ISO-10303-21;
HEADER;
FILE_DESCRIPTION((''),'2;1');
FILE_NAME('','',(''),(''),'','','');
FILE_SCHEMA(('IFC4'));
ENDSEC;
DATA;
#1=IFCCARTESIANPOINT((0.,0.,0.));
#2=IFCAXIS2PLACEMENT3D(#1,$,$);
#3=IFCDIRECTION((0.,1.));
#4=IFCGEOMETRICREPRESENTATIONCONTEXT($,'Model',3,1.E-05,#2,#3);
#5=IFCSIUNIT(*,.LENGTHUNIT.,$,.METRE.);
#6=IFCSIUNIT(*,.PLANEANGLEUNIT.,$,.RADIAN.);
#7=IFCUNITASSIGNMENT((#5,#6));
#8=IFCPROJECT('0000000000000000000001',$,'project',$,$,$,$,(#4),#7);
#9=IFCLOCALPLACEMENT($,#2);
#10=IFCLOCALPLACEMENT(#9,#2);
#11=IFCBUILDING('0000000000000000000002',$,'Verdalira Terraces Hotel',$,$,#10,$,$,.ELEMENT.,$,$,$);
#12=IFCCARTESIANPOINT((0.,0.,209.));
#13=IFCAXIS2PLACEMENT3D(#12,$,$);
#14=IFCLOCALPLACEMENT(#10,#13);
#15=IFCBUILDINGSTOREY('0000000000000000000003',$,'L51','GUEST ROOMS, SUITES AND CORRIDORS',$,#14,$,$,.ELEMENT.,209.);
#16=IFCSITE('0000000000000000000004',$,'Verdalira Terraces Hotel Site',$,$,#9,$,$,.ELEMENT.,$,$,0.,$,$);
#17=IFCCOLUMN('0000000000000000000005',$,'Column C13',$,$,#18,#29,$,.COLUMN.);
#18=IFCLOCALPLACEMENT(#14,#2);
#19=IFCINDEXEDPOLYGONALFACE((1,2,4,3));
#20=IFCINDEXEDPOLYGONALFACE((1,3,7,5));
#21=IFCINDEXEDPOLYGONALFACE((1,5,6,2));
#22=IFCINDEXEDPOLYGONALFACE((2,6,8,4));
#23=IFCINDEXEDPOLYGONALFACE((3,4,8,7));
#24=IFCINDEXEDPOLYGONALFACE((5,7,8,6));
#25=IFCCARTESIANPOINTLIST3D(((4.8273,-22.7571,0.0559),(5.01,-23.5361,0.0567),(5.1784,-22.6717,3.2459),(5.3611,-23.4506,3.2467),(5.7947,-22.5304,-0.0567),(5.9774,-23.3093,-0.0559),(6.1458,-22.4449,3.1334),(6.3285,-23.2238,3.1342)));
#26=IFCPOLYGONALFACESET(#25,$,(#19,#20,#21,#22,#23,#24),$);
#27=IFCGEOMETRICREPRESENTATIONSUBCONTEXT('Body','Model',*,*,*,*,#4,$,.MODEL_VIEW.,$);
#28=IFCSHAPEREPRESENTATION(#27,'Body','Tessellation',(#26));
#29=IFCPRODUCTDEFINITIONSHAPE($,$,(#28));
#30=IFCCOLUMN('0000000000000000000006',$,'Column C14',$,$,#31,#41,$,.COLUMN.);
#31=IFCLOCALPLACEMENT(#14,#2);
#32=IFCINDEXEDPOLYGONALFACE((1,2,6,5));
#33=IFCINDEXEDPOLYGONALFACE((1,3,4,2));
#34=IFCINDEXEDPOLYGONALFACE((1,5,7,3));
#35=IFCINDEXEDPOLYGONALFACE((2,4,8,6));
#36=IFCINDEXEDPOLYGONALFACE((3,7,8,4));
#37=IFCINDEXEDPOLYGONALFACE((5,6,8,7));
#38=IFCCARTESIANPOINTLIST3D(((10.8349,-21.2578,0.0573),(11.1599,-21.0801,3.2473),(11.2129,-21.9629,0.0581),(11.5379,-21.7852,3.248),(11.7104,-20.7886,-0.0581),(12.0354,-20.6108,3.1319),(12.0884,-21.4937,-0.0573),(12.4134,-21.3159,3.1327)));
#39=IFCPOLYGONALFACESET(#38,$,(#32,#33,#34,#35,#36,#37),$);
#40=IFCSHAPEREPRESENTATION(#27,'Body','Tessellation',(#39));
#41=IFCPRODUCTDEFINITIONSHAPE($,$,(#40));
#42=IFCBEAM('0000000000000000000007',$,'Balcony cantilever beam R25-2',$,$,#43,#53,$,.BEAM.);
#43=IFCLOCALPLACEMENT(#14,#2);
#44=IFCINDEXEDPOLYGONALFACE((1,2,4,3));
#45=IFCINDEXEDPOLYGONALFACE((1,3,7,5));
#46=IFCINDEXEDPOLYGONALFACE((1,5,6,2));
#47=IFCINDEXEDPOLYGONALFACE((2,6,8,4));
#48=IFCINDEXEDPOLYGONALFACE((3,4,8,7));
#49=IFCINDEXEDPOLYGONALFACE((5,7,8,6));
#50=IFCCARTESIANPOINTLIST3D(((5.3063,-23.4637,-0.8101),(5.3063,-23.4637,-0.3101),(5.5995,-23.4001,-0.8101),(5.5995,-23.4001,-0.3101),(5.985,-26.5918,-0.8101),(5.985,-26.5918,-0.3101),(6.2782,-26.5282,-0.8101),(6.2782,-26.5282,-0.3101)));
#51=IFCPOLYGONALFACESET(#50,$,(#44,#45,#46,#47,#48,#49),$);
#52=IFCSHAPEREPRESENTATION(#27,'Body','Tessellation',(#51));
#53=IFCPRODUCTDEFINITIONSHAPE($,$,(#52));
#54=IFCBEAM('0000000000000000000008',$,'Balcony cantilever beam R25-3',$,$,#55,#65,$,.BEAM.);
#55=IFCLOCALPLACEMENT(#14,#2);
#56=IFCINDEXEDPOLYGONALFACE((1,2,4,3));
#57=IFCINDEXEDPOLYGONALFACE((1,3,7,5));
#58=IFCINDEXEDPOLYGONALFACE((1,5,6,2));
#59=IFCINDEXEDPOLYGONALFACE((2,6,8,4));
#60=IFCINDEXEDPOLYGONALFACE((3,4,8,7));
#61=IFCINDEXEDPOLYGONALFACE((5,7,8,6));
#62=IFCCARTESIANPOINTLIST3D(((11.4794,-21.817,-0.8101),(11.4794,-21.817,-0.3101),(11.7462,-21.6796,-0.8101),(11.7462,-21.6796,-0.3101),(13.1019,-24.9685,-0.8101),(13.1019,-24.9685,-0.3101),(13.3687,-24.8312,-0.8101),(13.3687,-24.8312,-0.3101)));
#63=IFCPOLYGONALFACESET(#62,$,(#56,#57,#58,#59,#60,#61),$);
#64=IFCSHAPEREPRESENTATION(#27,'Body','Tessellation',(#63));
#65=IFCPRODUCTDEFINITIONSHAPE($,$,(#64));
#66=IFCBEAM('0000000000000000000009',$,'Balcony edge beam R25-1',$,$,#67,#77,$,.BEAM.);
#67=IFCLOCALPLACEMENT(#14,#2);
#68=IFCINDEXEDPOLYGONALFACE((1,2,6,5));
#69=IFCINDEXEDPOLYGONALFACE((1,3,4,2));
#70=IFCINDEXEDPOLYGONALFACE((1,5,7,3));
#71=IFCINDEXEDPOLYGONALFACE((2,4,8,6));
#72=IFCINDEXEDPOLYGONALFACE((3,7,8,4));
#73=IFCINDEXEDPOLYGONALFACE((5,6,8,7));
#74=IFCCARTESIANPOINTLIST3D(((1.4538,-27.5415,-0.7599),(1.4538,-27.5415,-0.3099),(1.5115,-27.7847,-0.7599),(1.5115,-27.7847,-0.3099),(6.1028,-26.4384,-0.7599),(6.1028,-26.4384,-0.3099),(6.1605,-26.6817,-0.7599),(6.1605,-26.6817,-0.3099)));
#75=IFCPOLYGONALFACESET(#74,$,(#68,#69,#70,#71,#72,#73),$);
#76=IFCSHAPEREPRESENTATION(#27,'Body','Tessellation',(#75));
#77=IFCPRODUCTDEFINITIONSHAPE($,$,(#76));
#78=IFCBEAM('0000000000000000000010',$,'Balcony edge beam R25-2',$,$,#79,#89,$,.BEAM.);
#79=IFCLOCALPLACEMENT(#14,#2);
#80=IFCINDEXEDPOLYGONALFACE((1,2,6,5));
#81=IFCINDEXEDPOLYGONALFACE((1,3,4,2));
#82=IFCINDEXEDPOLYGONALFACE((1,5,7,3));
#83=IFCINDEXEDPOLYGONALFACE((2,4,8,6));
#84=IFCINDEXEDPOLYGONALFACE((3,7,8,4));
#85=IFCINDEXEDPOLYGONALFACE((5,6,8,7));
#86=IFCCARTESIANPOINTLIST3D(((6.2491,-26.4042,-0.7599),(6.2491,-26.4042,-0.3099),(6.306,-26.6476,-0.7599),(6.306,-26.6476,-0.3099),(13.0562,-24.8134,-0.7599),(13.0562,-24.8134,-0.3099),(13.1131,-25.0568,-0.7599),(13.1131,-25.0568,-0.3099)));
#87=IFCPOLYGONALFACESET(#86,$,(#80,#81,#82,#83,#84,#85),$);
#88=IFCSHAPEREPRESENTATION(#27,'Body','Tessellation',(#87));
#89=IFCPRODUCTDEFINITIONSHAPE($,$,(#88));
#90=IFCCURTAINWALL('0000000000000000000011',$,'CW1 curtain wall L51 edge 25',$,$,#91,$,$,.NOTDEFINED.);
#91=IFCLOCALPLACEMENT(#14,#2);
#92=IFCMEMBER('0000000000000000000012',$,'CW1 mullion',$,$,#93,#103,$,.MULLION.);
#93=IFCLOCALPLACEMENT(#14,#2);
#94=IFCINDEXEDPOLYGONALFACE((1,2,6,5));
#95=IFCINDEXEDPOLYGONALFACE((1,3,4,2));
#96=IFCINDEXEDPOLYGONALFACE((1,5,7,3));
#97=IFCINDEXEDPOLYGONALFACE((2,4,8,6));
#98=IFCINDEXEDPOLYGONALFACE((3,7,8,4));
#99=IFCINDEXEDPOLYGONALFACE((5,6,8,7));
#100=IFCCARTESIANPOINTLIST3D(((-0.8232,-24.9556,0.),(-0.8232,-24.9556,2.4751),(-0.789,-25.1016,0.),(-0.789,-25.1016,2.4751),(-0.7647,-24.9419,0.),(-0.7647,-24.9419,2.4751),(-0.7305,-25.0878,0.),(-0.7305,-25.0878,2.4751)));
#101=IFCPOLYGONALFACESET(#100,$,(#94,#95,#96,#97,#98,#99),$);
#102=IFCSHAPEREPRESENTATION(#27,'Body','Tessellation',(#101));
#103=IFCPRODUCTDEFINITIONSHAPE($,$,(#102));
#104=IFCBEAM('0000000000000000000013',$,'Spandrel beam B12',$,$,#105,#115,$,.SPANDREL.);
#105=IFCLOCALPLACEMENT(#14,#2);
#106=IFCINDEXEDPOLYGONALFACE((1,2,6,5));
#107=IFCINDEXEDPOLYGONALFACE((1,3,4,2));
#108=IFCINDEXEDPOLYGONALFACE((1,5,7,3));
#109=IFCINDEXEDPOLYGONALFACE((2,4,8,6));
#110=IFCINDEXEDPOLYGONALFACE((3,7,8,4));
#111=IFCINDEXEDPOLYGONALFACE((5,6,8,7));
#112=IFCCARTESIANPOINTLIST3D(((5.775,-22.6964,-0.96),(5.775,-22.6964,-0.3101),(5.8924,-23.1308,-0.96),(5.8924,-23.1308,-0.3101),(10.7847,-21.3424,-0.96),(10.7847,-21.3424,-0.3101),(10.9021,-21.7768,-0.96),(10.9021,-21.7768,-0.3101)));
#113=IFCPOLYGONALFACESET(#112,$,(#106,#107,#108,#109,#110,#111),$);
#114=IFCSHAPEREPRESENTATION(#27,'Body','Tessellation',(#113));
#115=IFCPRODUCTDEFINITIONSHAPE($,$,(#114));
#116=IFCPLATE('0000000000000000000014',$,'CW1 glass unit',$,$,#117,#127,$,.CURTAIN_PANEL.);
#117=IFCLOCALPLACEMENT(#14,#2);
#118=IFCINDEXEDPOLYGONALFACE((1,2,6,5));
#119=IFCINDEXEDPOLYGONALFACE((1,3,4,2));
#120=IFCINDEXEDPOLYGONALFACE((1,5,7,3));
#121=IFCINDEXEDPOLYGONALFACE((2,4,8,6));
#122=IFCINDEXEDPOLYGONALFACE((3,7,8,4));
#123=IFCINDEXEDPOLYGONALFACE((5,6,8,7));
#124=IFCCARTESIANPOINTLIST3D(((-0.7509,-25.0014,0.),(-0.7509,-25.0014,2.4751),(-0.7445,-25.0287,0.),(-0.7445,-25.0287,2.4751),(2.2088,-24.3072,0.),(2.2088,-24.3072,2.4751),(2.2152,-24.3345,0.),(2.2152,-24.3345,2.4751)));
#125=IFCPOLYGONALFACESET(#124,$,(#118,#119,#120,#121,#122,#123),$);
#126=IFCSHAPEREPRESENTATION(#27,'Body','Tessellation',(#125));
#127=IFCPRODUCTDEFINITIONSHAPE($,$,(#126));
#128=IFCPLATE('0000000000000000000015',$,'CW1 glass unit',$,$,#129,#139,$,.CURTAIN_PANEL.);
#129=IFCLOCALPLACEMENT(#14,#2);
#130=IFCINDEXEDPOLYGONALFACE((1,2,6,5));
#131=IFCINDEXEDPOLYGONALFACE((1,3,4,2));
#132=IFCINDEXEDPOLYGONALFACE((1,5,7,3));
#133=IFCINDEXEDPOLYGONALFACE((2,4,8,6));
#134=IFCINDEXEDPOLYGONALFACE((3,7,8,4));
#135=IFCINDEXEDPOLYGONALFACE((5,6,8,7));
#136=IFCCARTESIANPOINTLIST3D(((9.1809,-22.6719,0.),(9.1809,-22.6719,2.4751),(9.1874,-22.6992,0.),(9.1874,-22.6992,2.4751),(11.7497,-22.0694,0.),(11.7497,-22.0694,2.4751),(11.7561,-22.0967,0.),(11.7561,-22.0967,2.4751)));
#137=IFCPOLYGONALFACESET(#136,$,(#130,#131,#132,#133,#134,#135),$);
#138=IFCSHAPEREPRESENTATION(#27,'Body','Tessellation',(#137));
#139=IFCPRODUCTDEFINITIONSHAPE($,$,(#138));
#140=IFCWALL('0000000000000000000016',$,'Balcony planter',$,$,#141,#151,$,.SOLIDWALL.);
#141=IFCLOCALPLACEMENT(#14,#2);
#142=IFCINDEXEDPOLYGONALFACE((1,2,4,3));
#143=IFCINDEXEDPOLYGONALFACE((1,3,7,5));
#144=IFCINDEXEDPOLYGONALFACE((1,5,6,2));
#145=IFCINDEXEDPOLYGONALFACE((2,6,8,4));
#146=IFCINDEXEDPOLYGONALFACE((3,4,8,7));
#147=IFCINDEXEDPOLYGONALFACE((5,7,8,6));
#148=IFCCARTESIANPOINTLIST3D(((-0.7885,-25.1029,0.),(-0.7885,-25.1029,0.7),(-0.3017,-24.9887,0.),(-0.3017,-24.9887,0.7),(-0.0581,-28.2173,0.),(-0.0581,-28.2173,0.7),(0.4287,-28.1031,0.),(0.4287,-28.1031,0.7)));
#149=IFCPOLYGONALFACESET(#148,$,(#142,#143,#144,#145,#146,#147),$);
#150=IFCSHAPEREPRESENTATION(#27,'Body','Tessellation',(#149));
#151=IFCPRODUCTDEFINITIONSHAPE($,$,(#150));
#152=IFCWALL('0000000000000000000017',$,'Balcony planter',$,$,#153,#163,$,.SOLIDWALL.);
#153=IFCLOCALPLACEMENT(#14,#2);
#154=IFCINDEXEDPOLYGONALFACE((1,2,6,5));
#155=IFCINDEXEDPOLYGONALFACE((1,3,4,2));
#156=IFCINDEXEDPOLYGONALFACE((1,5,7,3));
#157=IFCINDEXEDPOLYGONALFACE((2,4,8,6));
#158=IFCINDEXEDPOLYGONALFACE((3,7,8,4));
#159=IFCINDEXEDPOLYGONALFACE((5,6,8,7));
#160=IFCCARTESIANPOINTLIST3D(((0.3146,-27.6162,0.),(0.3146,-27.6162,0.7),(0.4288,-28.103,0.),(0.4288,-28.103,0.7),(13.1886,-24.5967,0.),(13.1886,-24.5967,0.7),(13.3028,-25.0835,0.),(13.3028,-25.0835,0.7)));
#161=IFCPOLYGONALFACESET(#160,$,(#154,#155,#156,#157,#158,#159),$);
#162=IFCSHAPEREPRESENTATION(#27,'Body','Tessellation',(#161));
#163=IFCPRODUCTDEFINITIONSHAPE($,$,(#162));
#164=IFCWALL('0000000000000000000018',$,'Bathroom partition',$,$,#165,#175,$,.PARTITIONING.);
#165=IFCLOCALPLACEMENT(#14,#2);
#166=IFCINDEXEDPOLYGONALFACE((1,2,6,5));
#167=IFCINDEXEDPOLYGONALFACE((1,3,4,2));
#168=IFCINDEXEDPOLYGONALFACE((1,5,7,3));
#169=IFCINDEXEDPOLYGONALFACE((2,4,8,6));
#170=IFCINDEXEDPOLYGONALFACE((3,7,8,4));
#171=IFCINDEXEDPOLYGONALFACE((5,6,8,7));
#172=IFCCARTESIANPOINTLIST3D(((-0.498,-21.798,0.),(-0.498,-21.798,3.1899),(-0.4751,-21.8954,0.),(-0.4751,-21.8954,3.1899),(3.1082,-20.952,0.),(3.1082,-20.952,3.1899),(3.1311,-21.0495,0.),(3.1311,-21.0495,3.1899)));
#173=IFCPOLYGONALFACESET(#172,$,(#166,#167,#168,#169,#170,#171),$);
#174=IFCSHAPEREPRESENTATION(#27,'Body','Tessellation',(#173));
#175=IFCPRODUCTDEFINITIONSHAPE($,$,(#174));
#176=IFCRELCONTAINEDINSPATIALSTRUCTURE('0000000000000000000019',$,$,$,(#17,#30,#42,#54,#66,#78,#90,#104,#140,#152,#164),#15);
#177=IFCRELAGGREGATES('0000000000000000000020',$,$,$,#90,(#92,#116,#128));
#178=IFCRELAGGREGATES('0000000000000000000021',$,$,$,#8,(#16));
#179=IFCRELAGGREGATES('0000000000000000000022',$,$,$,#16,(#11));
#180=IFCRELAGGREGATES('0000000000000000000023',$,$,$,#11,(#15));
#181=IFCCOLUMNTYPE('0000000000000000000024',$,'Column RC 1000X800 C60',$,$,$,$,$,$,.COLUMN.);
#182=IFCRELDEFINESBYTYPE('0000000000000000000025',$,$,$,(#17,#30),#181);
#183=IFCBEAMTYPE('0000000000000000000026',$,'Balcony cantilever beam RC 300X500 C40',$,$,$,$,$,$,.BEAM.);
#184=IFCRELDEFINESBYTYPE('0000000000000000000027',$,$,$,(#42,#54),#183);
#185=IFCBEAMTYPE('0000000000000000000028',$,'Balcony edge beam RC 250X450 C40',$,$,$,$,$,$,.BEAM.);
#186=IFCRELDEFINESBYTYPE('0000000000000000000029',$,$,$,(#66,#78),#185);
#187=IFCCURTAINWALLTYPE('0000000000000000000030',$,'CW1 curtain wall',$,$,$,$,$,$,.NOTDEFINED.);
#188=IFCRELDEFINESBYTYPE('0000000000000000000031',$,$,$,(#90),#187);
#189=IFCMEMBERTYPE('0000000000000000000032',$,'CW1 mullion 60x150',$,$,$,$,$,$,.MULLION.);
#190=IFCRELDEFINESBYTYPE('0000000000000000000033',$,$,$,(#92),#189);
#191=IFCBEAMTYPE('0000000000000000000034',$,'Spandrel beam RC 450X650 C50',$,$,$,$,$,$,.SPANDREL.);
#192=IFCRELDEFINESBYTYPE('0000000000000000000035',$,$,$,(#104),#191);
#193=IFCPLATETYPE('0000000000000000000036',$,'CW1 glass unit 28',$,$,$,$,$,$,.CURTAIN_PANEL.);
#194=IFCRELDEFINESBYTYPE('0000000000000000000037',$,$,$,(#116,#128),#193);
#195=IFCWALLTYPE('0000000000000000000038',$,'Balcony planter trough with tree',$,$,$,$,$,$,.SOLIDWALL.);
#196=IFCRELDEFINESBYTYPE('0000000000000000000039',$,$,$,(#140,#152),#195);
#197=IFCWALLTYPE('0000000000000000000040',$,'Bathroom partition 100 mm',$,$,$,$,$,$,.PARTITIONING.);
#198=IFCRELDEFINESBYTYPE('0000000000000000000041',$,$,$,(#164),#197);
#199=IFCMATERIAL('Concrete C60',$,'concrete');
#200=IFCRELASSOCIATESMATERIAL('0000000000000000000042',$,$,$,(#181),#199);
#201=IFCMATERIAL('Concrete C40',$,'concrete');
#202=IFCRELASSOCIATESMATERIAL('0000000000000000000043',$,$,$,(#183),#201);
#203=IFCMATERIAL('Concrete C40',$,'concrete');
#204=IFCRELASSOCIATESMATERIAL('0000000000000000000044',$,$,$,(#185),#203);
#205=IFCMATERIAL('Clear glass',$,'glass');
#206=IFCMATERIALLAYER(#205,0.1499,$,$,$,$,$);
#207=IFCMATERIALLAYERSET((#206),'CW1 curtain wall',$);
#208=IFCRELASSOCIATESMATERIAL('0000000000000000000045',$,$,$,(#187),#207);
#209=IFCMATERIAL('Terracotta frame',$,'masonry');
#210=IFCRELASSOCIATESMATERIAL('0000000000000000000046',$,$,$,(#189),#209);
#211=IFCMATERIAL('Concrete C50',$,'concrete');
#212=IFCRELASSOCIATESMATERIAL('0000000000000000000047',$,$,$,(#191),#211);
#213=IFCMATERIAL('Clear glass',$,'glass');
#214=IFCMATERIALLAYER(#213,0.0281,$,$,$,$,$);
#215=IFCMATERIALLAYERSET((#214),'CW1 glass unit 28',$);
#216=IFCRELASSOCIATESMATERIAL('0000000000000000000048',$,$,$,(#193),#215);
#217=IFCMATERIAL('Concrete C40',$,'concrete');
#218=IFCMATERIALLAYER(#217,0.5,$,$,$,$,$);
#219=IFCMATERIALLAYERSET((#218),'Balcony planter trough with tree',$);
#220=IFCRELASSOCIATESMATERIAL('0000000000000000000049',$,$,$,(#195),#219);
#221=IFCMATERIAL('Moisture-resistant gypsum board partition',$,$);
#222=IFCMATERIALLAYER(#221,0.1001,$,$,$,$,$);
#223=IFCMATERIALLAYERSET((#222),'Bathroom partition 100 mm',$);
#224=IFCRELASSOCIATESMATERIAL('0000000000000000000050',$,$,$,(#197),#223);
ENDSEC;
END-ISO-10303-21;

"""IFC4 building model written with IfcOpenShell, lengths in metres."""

from ifc_helpers import new_model, si_unit, direction, frame, frame_2d, origin, origin_2d, place, context, subcontext, project, spatial, rectangle, extrude, material, layer, layer_set, material_profile, profile_set, type_object, element, aggregate, save


model = new_model("IFC4")

# Units and contexts
model_context = context("Model", 3, precision=1e-05, world=origin(), true_north=direction((0.0, 1.0)))
body_context = subcontext(model_context, "Body", "Model", "MODEL_VIEW")
ifc_project = project(units=[si_unit("LENGTHUNIT", "METRE"), si_unit("PLANEANGLEUNIT", "RADIAN")], contexts=[model_context])

# Site, building, storey
site_placement = place(None, origin())
site = spatial("IfcSite", under=ifc_project, at=site_placement, Name="Verdalira Terraces Hotel Site", CompositionType="ELEMENT", RefElevation=0.0)
building_placement = place(site_placement, origin())
building = spatial("IfcBuilding", under=site, at=building_placement, Name="Verdalira Terraces Hotel", CompositionType="ELEMENT")
storey_placement = place(building_placement, frame((0.0, 0.0, 209.0)))
storey = spatial("IfcBuildingStorey", under=building, at=storey_placement, Name="L51", Description="GUEST ROOMS, SUITES AND CORRIDORS", CompositionType="ELEMENT", Elevation=209.0)

# Columns
ifc_material_1 = material(Name="Concrete C60", Category="concrete")
ifc_material_profile_1 = material_profile(ifc_material_1, rectangle(XDim=1.0, YDim=0.8, at=origin_2d()), Name="RC 1000X800")
ifc_profile_set_1 = profile_set([ifc_material_profile_1], Name="Concrete C60")
column_type = type_object("IfcColumnType", Name="Column RC 1000X800 C60", PredefinedType="COLUMN", material=ifc_profile_set_1)
column_1_placement = place(storey_placement, frame((5.4023, -23.0332, 0.0), z_axis=(0.109357, 0.026617, 0.993646), x_axis=(0.96742, 0.226786, -0.112546)))
element("IfcColumn", 1, at=column_1_placement, inside=storey, type_object=column_type, Name="Column C13", PredefinedType="COLUMN", context=body_context, shape_type="SweptSolid", body=[
    extrude(rectangle(XDim=1.0, YDim=0.8, at=origin_2d()), origin(), (0.0, 0.0, 1.0), 3.2104),
])
column_2_placement = place(storey_placement, frame((11.4617, -21.3757, 0.0), z_axis=(0.101188, 0.055345, 0.993327), x_axis=(-0.875502, -0.46925, 0.11533)))
element("IfcColumn", 2, at=column_2_placement, inside=storey, type_object=column_type, Name="Column C14", PredefinedType="COLUMN", context=body_context, shape_type="SweptSolid", body=[
    extrude(rectangle(XDim=1.0, YDim=0.8, at=origin_2d()), origin(), (0.0, 0.0, 1.0), 3.2114),
])

# Beams
ifc_material_2 = material(Name="Concrete C40", Category="concrete")
ifc_material_profile_2 = material_profile(ifc_material_2, rectangle(XDim=0.3, YDim=0.5, at=origin_2d()), Name="RC 300X500")
ifc_profile_set_2 = profile_set([ifc_material_profile_2], Name="Concrete C40")
beam_type_1 = type_object("IfcBeamType", Name="Balcony cantilever beam RC 300X500 C40", PredefinedType="BEAM", material=ifc_profile_set_2)
beam_1_placement = place(storey_placement, frame((5.4529, -23.4319, -0.5601), z_axis=(0.212034, -0.977262, 0.0), x_axis=(0.977262, 0.212034, 0.0)))
element("IfcBeam", 3, at=beam_1_placement, inside=storey, type_object=beam_type_1, Name="Balcony cantilever beam R25-2", PredefinedType="BEAM", context=body_context, shape_type="SweptSolid", body=[
    extrude(rectangle(XDim=0.3, YDim=0.5, at=origin_2d()), origin(), (0.0, 0.0, 1.0), 3.2009),
])
beam_2_placement = place(storey_placement, frame((11.6128, -21.7483, -0.5601), z_axis=(0.457734, -0.889089, 0.0), x_axis=(0.889089, 0.457734, 0.0)))
element("IfcBeam", 4, at=beam_2_placement, inside=storey, type_object=beam_type_1, Name="Balcony cantilever beam R25-3", PredefinedType="BEAM", context=body_context, shape_type="SweptSolid", body=[
    extrude(rectangle(XDim=0.3, YDim=0.5, at=origin_2d()), origin(), (0.0, 0.0, 1.0), 3.5447),
])
ifc_material_3 = material(Name="Concrete C40", Category="concrete")
ifc_material_profile_3 = material_profile(ifc_material_3, rectangle(XDim=0.25, YDim=0.45, at=origin_2d()), Name="RC 250X450")
ifc_profile_set_3 = profile_set([ifc_material_profile_3], Name="Concrete C40")
beam_type_2 = type_object("IfcBeamType", Name="Balcony edge beam RC 250X450 C40", PredefinedType="BEAM", material=ifc_profile_set_3)
beam_3_placement = place(storey_placement, frame((1.4827, -27.6631, -0.5349), z_axis=(0.972988, 0.230856, 0.0), x_axis=(-0.230856, 0.972988, 0.0)))
element("IfcBeam", 5, at=beam_3_placement, inside=storey, type_object=beam_type_2, Name="Balcony edge beam R25-1", PredefinedType="BEAM", context=body_context, shape_type="SweptSolid", body=[
    extrude(rectangle(XDim=0.25, YDim=0.45, at=origin_2d()), origin(), (0.0, 0.0, 1.0), 4.7781),
])
beam_4_placement = place(storey_placement, frame((6.2776, -26.5259, -0.5349), z_axis=(0.973762, 0.227567, 0.0), x_axis=(-0.227567, 0.973762, 0.0)))
element("IfcBeam", 6, at=beam_4_placement, inside=storey, type_object=beam_type_2, Name="Balcony edge beam R25-2", PredefinedType="BEAM", context=body_context, shape_type="SweptSolid", body=[
    extrude(rectangle(XDim=0.25, YDim=0.45, at=origin_2d()), origin(), (0.0, 0.0, 1.0), 6.9905),
])

# Curtain wall, member
ifc_material_4 = material(Name="Clear glass", Category="glass")
ifc_layer_1 = layer(ifc_material_4, 0.1499)
ifc_layer_set_1 = layer_set([ifc_layer_1], Name="CW1 curtain wall")
curtain_wall_type = type_object("IfcCurtainWallType", Name="CW1 curtain wall", PredefinedType="NOTDEFINED", material=ifc_layer_set_1)
curtain_wall_placement = place(storey_placement, origin())
curtain_wall = element("IfcCurtainWall", 7, at=curtain_wall_placement, inside=storey, type_object=curtain_wall_type, Name="CW1 curtain wall L51 edge 25", PredefinedType="NOTDEFINED")
ifc_material_5 = material(Name="Terracotta frame", Category="masonry")
ifc_material_profile_4 = material_profile(ifc_material_5, rectangle(XDim=0.0601, YDim=0.1499, at=origin_2d()), Name="MU 60x150")
ifc_profile_set_4 = profile_set([ifc_material_profile_4], Name="Terracotta frame")
member_type = type_object("IfcMemberType", Name="CW1 mullion 60x150", PredefinedType="MULLION", material=ifc_profile_set_4)
member_placement = place(storey_placement, frame((-0.7769, -25.0217, 0.0), z_axis=(0.0, 0.0, 1.0), x_axis=(0.973579, 0.228351, 0.0)))
member = element("IfcMember", 8, at=member_placement, type_object=member_type, Name="CW1 mullion", PredefinedType="MULLION", context=body_context, shape_type="SweptSolid", body=[
    extrude(rectangle(XDim=0.0601, YDim=0.1499, at=origin_2d()), origin(), (0.0, 0.0, 1.0), 2.4751),
])

# Beam
ifc_material_6 = material(Name="Concrete C50", Category="concrete")
ifc_material_profile_5 = material_profile(ifc_material_6, rectangle(XDim=0.45, YDim=0.6499, at=origin_2d()), Name="RC 450X650")
ifc_profile_set_5 = profile_set([ifc_material_profile_5], Name="Concrete C50")
beam_type_3 = type_object("IfcBeamType", Name="Spandrel beam RC 450X650 C50", PredefinedType="SPANDREL", material=ifc_profile_set_5)
beam_5_placement = place(storey_placement, frame((5.8337, -22.9136, -0.635), z_axis=(0.965363, 0.260911, 0.0), x_axis=(-0.260911, 0.965363, 0.0)))
element("IfcBeam", 9, at=beam_5_placement, inside=storey, type_object=beam_type_3, Name="Spandrel beam B12", PredefinedType="SPANDREL", context=body_context, shape_type="SweptSolid", body=[
    extrude(rectangle(XDim=0.45, YDim=0.6499, at=origin_2d()), origin(), (0.0, 0.0, 1.0), 5.1895),
])

# Plates
ifc_material_7 = material(Name="Clear glass", Category="glass")
ifc_layer_2 = layer(ifc_material_7, 0.0281)
ifc_layer_set_2 = layer_set([ifc_layer_2], Name="CW1 glass unit 28")
plate_type = type_object("IfcPlateType", Name="CW1 glass unit 28", PredefinedType="CURTAIN_PANEL", material=ifc_layer_set_2)
plate_1_placement = place(storey_placement, frame((0.7322, -24.668, 0.0), z_axis=(0.0, 0.0, 1.0), x_axis=(0.973579, 0.228351, 0.0)))
plate_1 = element("IfcPlate", 10, at=plate_1_placement, type_object=plate_type, Name="CW1 glass unit", PredefinedType="CURTAIN_PANEL", context=body_context, shape_type="SweptSolid", body=[
    extrude(rectangle(XDim=3.04, YDim=0.0281, at=origin_2d()), origin(), (0.0, 0.0, 1.0), 2.4751),
])
plate_2_placement = place(storey_placement, frame((10.4685, -22.3843, 0.0), z_axis=(0.0, 0.0, 1.0), x_axis=(0.973579, 0.228351, 0.0)))
plate_2 = element("IfcPlate", 11, at=plate_2_placement, type_object=plate_type, Name="CW1 glass unit", PredefinedType="CURTAIN_PANEL", context=body_context, shape_type="SweptSolid", body=[
    extrude(rectangle(XDim=2.6384, YDim=0.0281, at=origin_2d()), origin(), (0.0, 0.0, 1.0), 2.4751),
])
aggregate(curtain_wall, [member, plate_1, plate_2])

# Walls
ifc_material_8 = material(Name="Concrete C40", Category="concrete")
ifc_layer_3 = layer(ifc_material_8, 0.5)
ifc_layer_set_3 = layer_set([ifc_layer_3], Name="Balcony planter trough with tree")
wall_type_1 = type_object("IfcWallType", Name="Balcony planter trough with tree", PredefinedType="SOLIDWALL", material=ifc_layer_set_3)
wall_1_placement = place(storey_placement, frame((-0.5452, -25.0457, 0.0), z_axis=(0.0, 0.0, 1.0), x_axis=(0.228342, -0.973581, 0.0)))
element("IfcWall", 12, at=wall_1_placement, inside=storey, type_object=wall_type_1, Name="Balcony planter", PredefinedType="SOLIDWALL", context=body_context, shape_type="SweptSolid", body=[
    extrude(rectangle(XDim=3.199, YDim=0.5, at=frame_2d((1.5996, 0.0))), origin(), (0.0, 0.0, 1.0), 0.7),
])
wall_2_placement = place(storey_placement, frame((0.3716, -27.8596, 0.0), z_axis=(0.0, 0.0, 1.0), x_axis=(0.97358, 0.228348, 0.0)))
element("IfcWall", 13, at=wall_2_placement, inside=storey, type_object=wall_type_1, Name="Balcony planter", PredefinedType="SOLIDWALL", context=body_context, shape_type="SweptSolid", body=[
    extrude(rectangle(XDim=13.2234, YDim=0.5, at=frame_2d((6.6118, 0.0))), origin(), (0.0, 0.0, 1.0), 0.7),
])
ifc_material_9 = material(Name="Moisture-resistant gypsum board partition")
ifc_layer_4 = layer(ifc_material_9, 0.1001)
ifc_layer_set_4 = layer_set([ifc_layer_4], Name="Bathroom partition 100 mm")
wall_type_2 = type_object("IfcWallType", Name="Bathroom partition 100 mm", PredefinedType="PARTITIONING", material=ifc_layer_set_4)
wall_3_placement = place(storey_placement, frame((-0.4866, -21.8467, 0.0), z_axis=(0.0, 0.0, 1.0), x_axis=(0.973572, 0.228382, 0.0)))
element("IfcWall", 14, at=wall_3_placement, inside=storey, type_object=wall_type_2, Name="Bathroom partition", PredefinedType="PARTITIONING", context=body_context, shape_type="SweptSolid", body=[
    extrude(rectangle(XDim=3.7041, YDim=0.1001, at=frame_2d((1.8521, 0.0))), origin(), (0.0, 0.0, 1.0), 3.1899),
])

save(model, "model.ifc")
